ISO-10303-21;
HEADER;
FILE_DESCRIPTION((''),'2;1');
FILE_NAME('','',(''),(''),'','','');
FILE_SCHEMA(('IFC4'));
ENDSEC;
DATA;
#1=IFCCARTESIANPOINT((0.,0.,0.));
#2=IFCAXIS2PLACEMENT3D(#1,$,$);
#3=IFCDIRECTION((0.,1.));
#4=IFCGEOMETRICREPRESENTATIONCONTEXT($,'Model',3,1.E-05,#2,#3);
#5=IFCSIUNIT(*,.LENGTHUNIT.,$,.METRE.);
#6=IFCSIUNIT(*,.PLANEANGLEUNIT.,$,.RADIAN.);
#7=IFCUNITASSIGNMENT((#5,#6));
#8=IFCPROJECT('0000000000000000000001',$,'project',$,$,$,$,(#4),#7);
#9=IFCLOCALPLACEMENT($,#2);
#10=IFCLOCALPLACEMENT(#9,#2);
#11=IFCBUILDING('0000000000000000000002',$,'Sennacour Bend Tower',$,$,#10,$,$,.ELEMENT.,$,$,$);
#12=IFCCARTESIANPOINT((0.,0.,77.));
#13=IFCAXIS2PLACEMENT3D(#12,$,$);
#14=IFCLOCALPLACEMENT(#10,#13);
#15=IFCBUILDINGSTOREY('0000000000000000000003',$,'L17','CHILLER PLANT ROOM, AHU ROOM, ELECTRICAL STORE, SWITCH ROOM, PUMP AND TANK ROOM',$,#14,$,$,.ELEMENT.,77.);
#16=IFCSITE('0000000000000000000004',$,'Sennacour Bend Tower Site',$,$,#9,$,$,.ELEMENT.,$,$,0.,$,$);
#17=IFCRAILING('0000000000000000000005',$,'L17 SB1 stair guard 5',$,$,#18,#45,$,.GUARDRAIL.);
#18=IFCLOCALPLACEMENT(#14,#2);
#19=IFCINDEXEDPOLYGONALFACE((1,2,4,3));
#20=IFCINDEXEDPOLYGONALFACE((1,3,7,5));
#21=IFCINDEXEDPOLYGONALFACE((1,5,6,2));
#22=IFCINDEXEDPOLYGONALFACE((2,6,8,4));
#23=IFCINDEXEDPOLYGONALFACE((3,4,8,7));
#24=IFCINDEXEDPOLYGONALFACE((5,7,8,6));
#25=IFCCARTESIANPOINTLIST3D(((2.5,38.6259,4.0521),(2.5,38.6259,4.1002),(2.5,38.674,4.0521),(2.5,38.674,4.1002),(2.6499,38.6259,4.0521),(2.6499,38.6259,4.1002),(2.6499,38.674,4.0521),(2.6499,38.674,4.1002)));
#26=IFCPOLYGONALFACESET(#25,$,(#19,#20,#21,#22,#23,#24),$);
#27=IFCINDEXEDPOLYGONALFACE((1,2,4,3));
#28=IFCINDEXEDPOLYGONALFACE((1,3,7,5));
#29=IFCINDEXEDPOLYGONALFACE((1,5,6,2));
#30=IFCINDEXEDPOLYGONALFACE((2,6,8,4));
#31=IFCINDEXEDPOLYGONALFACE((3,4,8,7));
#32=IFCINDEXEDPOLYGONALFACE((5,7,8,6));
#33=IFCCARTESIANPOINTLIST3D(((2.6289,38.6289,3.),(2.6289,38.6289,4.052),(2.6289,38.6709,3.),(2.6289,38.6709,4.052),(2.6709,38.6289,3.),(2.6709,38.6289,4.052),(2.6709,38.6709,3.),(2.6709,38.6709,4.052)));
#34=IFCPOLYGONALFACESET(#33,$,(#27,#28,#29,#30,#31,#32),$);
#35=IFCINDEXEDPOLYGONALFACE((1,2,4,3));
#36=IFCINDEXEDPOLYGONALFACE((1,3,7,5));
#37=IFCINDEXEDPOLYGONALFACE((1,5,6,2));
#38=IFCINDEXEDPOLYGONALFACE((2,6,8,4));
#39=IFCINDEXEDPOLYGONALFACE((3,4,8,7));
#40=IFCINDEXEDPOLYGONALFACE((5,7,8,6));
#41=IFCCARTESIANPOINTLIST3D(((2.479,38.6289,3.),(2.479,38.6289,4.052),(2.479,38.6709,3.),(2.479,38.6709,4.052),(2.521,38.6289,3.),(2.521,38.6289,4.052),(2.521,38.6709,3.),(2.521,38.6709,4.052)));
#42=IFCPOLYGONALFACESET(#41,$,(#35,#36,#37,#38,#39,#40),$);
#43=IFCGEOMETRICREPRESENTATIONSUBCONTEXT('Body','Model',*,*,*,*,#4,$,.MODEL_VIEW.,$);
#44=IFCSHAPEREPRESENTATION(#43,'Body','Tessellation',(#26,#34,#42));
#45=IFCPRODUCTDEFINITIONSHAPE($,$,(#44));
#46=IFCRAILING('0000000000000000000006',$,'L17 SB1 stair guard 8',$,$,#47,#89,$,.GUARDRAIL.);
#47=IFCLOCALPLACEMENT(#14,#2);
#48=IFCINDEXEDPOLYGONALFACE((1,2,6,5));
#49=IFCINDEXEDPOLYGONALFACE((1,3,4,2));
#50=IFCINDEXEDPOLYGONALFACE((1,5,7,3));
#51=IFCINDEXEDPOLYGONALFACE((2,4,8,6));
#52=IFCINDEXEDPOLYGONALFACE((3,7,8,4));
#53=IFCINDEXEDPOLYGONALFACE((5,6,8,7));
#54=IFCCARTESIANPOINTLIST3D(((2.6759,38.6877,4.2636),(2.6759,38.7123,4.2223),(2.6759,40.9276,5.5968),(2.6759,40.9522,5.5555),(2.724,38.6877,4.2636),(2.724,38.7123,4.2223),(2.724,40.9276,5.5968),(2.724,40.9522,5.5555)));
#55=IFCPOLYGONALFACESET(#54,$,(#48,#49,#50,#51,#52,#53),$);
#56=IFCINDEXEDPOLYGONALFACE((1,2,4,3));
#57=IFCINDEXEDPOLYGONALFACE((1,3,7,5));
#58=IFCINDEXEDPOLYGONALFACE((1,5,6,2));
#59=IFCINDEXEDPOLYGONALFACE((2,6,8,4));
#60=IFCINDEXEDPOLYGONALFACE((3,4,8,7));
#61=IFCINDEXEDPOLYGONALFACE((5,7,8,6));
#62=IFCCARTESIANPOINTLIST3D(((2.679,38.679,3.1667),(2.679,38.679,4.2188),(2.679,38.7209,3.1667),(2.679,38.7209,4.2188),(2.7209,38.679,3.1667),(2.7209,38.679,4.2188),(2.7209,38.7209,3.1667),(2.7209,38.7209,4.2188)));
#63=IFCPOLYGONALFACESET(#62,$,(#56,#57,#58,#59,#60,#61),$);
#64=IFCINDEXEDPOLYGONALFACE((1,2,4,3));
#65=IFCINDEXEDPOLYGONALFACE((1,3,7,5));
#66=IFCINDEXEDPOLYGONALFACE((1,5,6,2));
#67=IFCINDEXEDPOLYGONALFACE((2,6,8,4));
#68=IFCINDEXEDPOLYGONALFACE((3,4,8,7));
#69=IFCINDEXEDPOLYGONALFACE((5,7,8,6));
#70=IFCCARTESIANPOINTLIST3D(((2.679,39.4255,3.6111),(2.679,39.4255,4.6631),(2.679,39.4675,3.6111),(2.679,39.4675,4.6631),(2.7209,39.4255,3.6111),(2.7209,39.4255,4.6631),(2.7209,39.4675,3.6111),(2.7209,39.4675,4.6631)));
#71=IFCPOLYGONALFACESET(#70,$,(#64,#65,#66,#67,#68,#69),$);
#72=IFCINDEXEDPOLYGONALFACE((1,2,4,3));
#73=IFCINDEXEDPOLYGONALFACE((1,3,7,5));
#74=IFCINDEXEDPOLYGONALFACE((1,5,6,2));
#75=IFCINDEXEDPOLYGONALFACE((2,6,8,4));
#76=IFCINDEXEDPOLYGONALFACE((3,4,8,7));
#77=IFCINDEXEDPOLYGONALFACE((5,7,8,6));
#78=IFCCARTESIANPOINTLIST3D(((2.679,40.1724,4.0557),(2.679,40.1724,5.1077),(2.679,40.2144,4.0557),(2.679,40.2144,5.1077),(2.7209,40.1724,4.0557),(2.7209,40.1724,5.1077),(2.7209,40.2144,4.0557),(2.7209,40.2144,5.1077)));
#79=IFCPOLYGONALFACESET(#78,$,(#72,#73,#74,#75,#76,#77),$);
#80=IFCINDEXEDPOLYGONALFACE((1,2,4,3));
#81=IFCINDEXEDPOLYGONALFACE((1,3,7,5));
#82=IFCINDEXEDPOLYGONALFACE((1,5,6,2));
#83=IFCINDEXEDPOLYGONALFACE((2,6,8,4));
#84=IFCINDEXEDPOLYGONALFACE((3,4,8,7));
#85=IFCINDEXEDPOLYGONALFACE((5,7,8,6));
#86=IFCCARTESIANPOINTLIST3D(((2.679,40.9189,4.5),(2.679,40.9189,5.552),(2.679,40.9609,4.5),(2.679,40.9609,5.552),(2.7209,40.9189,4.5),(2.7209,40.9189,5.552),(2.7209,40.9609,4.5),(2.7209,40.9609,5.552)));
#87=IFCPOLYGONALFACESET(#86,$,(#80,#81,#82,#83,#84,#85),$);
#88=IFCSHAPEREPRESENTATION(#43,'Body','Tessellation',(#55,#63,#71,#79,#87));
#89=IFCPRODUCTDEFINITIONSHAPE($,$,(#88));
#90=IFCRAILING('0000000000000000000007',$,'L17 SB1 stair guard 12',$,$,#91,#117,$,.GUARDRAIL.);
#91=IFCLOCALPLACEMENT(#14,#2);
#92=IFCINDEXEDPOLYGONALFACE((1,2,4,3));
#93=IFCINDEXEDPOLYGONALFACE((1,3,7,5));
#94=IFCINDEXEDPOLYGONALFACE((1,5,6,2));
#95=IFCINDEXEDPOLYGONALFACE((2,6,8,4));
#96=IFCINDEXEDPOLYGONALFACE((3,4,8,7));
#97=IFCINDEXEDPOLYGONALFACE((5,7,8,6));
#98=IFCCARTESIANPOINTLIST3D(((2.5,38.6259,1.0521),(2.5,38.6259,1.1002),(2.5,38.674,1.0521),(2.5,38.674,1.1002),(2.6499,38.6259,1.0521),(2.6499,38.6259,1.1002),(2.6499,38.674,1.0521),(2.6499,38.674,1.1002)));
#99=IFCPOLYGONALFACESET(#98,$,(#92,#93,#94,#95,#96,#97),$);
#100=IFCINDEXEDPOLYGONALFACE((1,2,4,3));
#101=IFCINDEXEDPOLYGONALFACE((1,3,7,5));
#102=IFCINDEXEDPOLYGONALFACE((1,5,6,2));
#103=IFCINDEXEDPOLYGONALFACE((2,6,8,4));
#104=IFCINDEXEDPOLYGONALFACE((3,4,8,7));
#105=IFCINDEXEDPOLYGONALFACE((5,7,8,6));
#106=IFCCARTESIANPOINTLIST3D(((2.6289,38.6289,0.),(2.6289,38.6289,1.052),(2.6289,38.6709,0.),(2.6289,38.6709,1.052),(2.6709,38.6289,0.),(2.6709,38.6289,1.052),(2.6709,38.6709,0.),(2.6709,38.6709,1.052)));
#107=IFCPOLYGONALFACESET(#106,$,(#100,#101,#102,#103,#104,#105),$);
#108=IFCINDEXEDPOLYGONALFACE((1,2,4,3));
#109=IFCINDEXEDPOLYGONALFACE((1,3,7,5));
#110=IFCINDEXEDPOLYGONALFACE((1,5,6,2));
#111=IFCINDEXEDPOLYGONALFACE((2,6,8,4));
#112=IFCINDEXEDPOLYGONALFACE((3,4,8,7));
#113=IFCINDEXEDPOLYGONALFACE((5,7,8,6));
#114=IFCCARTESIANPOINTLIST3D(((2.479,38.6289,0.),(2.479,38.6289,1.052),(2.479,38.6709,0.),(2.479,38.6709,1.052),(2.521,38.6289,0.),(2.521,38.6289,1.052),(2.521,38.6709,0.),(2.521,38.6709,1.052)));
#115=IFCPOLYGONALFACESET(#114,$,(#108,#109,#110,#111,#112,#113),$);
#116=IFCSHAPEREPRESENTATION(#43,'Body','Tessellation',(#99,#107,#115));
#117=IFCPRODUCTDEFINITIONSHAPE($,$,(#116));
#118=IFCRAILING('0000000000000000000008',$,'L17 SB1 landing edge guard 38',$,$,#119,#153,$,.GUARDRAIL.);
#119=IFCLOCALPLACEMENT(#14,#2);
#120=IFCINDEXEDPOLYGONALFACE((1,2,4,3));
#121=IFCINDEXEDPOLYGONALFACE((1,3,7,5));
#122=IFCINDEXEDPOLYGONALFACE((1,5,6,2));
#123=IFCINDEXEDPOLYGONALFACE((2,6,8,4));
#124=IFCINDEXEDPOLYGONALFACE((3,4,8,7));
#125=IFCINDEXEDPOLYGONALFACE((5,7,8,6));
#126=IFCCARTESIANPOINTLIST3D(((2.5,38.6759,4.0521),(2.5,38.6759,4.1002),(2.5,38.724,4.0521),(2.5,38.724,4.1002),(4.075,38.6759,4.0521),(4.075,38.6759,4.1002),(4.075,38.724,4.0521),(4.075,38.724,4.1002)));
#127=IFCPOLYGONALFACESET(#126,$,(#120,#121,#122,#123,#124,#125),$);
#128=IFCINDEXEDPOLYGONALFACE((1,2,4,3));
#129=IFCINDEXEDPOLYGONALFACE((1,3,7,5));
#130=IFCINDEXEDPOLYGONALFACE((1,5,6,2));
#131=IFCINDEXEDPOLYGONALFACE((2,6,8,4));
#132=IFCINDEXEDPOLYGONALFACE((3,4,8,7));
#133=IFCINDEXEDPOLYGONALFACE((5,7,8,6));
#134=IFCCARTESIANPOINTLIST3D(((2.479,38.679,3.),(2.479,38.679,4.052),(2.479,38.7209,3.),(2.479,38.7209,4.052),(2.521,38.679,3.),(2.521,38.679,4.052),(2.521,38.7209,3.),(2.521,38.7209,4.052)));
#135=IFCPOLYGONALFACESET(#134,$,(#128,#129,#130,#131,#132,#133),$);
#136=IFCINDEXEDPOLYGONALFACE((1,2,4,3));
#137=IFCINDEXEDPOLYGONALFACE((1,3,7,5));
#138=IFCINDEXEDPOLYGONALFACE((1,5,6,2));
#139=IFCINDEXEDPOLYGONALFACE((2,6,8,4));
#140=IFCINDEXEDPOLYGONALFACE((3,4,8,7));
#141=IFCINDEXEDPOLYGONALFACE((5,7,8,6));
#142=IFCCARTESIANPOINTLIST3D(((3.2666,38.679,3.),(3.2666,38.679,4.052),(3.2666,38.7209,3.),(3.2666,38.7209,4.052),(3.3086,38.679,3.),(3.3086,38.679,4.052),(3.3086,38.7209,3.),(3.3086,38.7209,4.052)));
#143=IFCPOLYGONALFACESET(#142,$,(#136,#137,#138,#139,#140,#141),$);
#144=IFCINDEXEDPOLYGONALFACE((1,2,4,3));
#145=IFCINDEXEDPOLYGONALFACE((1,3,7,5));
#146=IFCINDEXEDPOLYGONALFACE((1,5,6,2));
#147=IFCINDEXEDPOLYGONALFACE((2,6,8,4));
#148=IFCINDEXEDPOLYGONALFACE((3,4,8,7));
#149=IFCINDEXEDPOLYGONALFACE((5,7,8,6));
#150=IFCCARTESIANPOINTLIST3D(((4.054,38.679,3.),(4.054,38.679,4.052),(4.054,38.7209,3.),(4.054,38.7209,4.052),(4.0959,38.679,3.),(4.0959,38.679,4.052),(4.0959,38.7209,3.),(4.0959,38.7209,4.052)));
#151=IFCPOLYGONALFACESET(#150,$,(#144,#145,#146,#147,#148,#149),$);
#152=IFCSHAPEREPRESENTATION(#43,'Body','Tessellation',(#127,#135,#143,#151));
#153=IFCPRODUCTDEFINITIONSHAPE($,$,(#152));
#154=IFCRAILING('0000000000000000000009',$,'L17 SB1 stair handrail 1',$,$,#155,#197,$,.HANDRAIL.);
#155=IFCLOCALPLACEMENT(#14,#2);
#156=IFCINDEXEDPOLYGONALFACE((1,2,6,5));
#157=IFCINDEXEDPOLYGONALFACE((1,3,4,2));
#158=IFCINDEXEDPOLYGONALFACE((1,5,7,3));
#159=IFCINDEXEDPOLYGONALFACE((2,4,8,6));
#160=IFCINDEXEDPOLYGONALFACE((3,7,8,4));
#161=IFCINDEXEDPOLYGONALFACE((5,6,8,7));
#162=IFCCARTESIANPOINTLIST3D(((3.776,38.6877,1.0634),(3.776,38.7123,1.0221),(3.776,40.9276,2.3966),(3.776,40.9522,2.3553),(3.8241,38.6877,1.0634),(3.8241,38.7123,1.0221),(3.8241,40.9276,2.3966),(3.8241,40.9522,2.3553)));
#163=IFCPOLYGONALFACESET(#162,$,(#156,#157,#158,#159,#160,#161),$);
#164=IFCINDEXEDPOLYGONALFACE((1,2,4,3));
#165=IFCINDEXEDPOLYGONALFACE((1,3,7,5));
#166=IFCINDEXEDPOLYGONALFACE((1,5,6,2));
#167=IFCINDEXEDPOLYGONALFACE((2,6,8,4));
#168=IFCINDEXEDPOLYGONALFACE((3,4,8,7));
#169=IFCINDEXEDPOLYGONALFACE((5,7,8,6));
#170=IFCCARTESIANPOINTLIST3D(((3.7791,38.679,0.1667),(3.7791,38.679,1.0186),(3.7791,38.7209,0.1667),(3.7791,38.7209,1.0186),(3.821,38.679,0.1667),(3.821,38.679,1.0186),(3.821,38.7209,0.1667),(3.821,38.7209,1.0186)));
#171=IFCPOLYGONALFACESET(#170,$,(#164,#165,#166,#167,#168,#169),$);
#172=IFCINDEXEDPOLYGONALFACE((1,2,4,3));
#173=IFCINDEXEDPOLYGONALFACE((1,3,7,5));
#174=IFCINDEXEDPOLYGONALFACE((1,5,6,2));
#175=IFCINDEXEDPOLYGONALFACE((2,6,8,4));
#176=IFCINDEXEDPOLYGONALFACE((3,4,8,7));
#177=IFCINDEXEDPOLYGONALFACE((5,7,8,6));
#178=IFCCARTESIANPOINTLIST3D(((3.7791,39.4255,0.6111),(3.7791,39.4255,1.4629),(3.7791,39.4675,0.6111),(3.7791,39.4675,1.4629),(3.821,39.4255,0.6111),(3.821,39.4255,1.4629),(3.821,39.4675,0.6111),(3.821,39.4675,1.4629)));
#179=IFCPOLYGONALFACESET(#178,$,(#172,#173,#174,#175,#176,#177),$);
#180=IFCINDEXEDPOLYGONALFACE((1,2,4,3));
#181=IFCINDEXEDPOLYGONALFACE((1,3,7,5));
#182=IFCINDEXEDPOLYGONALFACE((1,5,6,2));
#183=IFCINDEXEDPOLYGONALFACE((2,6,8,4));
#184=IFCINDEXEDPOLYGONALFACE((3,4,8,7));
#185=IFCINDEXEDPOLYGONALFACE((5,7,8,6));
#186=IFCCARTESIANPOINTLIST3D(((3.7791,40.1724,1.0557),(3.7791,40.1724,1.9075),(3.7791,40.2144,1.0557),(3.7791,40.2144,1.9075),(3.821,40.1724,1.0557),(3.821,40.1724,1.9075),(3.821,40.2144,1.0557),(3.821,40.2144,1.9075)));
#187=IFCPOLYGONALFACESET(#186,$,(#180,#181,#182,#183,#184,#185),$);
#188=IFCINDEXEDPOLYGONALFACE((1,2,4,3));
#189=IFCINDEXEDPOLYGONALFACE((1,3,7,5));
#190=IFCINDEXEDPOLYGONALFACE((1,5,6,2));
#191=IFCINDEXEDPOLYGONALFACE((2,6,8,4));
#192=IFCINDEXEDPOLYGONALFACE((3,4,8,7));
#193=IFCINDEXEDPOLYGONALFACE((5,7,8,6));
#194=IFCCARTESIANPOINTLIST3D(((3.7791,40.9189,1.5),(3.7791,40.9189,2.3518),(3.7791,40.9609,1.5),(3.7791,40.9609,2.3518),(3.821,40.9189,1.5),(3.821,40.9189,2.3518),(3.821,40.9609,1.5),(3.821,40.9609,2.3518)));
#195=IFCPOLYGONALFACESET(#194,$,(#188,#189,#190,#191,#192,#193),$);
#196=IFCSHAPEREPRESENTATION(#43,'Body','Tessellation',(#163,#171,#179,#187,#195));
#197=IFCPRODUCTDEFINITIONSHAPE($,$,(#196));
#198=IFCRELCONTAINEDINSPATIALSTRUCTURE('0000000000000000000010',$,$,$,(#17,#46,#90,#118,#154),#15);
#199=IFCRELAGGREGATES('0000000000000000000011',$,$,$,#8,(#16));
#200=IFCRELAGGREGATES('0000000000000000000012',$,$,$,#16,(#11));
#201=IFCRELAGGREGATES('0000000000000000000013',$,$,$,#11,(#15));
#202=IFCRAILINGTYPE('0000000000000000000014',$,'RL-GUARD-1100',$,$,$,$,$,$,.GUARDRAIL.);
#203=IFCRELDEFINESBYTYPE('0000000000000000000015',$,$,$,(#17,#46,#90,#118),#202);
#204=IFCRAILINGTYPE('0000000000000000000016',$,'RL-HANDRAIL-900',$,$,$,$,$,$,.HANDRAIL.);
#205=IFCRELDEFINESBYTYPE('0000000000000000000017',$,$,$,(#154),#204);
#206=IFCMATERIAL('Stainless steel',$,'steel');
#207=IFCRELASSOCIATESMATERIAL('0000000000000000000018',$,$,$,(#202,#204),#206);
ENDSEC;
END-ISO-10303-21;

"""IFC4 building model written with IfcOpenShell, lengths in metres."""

from ifc_helpers import new_model, si_unit, direction, frame, origin, origin_2d, place, context, subcontext, project, spatial, rectangle, extrude, material, type_object, element, save


model = new_model("IFC4")

# Units and contexts
model_context = context("Model", 3, precision=1e-05, world=origin(), true_north=direction((0.0, 1.0)))
body_context = subcontext(model_context, "Body", "Model", "MODEL_VIEW")
ifc_project = project(units=[si_unit("LENGTHUNIT", "METRE"), si_unit("PLANEANGLEUNIT", "RADIAN")], contexts=[model_context])

# Site, building, storey
site_placement = place(None, origin())
site = spatial("IfcSite", under=ifc_project, at=site_placement, Name="Sennacour Bend Tower Site", CompositionType="ELEMENT", RefElevation=0.0)
building_placement = place(site_placement, origin())
building = spatial("IfcBuilding", under=site, at=building_placement, Name="Sennacour Bend Tower", CompositionType="ELEMENT")
storey_placement = place(building_placement, frame((0.0, 0.0, 77.0)))
storey = spatial("IfcBuildingStorey", under=building, at=storey_placement, Name="L17", Description="CHILLER PLANT ROOM, AHU ROOM, ELECTRICAL STORE, SWITCH ROOM, PUMP AND TANK ROOM", CompositionType="ELEMENT", Elevation=77.0)

# Shared definitions
ifc_material_1 = material(Name="Stainless steel", Category="steel")

# Railings
railing_type_1 = type_object("IfcRailingType", Name="RL-GUARD-1100", PredefinedType="GUARDRAIL", material=ifc_material_1)
railing_1_placement = place(storey_placement, frame((2.6499, 38.6499, 3.0)))
element("IfcRailing", 1, at=railing_1_placement, inside=storey, type_object=railing_type_1, Name="L17 SB1 stair guard 5", PredefinedType="GUARDRAIL", context=body_context, shape_type="SweptSolid", body=[
    extrude(rectangle(XDim=0.0481, YDim=0.0481, at=origin_2d()), frame((0.0, 0.0, 1.0762), z_axis=(-1.0, 0.0, 0.0), x_axis=(0.0, -1.0, 0.0)), (0.0, 0.0, 1.0), 0.1499),
    extrude(rectangle(XDim=0.042, YDim=0.042, at=origin_2d()), origin(), (0.0, 0.0, 1.0), 1.052),
    extrude(rectangle(XDim=0.042, YDim=0.042, at=origin_2d()), frame((-0.1499, 0.0, 0.0)), (0.0, 0.0, 1.0), 1.052),
])
railing_2_placement = place(storey_placement, frame((2.7, 38.7, 3.1667)))
element("IfcRailing", 2, at=railing_2_placement, inside=storey, type_object=railing_type_1, Name="L17 SB1 stair guard 8", PredefinedType="GUARDRAIL", context=body_context, shape_type="SweptSolid", body=[
    extrude(rectangle(XDim=0.0481, YDim=0.0481, at=origin_2d()), frame((0.0, 0.0, 1.0762), z_axis=(0.0, 0.859306, 0.511462), x_axis=(-1.0, 0.0, 0.0)), (0.0, 0.0, 1.0), 2.6067),
    extrude(rectangle(XDim=0.042, YDim=0.042, at=origin_2d()), origin(), (0.0, 0.0, 1.0), 1.052),
    extrude(rectangle(XDim=0.042, YDim=0.042, at=origin_2d()), frame((0.0, 0.7466, 0.4443)), (0.0, 0.0, 1.0), 1.052),
    extrude(rectangle(XDim=0.042, YDim=0.042, at=origin_2d()), frame((0.0, 1.4934, 0.8889)), (0.0, 0.0, 1.0), 1.052),
    extrude(rectangle(XDim=0.042, YDim=0.042, at=origin_2d()), frame((0.0, 2.24, 1.3333)), (0.0, 0.0, 1.0), 1.052),
])
railing_3_placement = place(storey_placement, frame((2.6499, 38.6499, 0.0)))
element("IfcRailing", 3, at=railing_3_placement, inside=storey, type_object=railing_type_1, Name="L17 SB1 stair guard 12", PredefinedType="GUARDRAIL", context=body_context, shape_type="SweptSolid", body=[
    extrude(rectangle(XDim=0.0481, YDim=0.0481, at=origin_2d()), frame((0.0, 0.0, 1.0762), z_axis=(-1.0, 0.0, 0.0), x_axis=(0.0, -1.0, 0.0)), (0.0, 0.0, 1.0), 0.1499),
    extrude(rectangle(XDim=0.042, YDim=0.042, at=origin_2d()), origin(), (0.0, 0.0, 1.0), 1.052),
    extrude(rectangle(XDim=0.042, YDim=0.042, at=origin_2d()), frame((-0.1499, 0.0, 0.0)), (0.0, 0.0, 1.0), 1.052),
])
railing_4_placement = place(storey_placement, frame((2.5, 38.7, 3.0)))
element("IfcRailing", 4, at=railing_4_placement, inside=storey, type_object=railing_type_1, Name="L17 SB1 landing edge guard 38", PredefinedType="GUARDRAIL", context=body_context, shape_type="SweptSolid", body=[
    extrude(rectangle(XDim=0.0481, YDim=0.0481, at=origin_2d()), frame((0.0, 0.0, 1.0762), z_axis=(1.0, 0.0, 0.0), x_axis=(0.0, 1.0, 0.0)), (0.0, 0.0, 1.0), 1.575),
    extrude(rectangle(XDim=0.042, YDim=0.042, at=origin_2d()), origin(), (0.0, 0.0, 1.0), 1.052),
    extrude(rectangle(XDim=0.042, YDim=0.042, at=origin_2d()), frame((0.7876, 0.0, 0.0)), (0.0, 0.0, 1.0), 1.052),
    extrude(rectangle(XDim=0.042, YDim=0.042, at=origin_2d()), frame((1.575, 0.0, 0.0)), (0.0, 0.0, 1.0), 1.052),
])
railing_type_2 = type_object("IfcRailingType", Name="RL-HANDRAIL-900", PredefinedType="HANDRAIL", material=ifc_material_1)
railing_5_placement = place(storey_placement, frame((3.8, 38.7, 0.1667)))
element("IfcRailing", 5, at=railing_5_placement, inside=storey, type_object=railing_type_2, Name="L17 SB1 stair handrail 1", PredefinedType="HANDRAIL", context=body_context, shape_type="SweptSolid", body=[
    extrude(rectangle(XDim=0.0481, YDim=0.0481, at=origin_2d()), frame((0.0, 0.0, 0.876), z_axis=(0.0, 0.859306, 0.511462), x_axis=(-1.0, 0.0, 0.0)), (0.0, 0.0, 1.0), 2.6067),
    extrude(rectangle(XDim=0.042, YDim=0.042, at=origin_2d()), origin(), (0.0, 0.0, 1.0), 0.8518),
    extrude(rectangle(XDim=0.042, YDim=0.042, at=origin_2d()), frame((0.0, 0.7466, 0.4443)), (0.0, 0.0, 1.0), 0.8518),
    extrude(rectangle(XDim=0.042, YDim=0.042, at=origin_2d()), frame((0.0, 1.4934, 0.8889)), (0.0, 0.0, 1.0), 0.8518),
    extrude(rectangle(XDim=0.042, YDim=0.042, at=origin_2d()), frame((0.0, 2.24, 1.3333)), (0.0, 0.0, 1.0), 0.8518),
])

save(model, "model.ifc")
